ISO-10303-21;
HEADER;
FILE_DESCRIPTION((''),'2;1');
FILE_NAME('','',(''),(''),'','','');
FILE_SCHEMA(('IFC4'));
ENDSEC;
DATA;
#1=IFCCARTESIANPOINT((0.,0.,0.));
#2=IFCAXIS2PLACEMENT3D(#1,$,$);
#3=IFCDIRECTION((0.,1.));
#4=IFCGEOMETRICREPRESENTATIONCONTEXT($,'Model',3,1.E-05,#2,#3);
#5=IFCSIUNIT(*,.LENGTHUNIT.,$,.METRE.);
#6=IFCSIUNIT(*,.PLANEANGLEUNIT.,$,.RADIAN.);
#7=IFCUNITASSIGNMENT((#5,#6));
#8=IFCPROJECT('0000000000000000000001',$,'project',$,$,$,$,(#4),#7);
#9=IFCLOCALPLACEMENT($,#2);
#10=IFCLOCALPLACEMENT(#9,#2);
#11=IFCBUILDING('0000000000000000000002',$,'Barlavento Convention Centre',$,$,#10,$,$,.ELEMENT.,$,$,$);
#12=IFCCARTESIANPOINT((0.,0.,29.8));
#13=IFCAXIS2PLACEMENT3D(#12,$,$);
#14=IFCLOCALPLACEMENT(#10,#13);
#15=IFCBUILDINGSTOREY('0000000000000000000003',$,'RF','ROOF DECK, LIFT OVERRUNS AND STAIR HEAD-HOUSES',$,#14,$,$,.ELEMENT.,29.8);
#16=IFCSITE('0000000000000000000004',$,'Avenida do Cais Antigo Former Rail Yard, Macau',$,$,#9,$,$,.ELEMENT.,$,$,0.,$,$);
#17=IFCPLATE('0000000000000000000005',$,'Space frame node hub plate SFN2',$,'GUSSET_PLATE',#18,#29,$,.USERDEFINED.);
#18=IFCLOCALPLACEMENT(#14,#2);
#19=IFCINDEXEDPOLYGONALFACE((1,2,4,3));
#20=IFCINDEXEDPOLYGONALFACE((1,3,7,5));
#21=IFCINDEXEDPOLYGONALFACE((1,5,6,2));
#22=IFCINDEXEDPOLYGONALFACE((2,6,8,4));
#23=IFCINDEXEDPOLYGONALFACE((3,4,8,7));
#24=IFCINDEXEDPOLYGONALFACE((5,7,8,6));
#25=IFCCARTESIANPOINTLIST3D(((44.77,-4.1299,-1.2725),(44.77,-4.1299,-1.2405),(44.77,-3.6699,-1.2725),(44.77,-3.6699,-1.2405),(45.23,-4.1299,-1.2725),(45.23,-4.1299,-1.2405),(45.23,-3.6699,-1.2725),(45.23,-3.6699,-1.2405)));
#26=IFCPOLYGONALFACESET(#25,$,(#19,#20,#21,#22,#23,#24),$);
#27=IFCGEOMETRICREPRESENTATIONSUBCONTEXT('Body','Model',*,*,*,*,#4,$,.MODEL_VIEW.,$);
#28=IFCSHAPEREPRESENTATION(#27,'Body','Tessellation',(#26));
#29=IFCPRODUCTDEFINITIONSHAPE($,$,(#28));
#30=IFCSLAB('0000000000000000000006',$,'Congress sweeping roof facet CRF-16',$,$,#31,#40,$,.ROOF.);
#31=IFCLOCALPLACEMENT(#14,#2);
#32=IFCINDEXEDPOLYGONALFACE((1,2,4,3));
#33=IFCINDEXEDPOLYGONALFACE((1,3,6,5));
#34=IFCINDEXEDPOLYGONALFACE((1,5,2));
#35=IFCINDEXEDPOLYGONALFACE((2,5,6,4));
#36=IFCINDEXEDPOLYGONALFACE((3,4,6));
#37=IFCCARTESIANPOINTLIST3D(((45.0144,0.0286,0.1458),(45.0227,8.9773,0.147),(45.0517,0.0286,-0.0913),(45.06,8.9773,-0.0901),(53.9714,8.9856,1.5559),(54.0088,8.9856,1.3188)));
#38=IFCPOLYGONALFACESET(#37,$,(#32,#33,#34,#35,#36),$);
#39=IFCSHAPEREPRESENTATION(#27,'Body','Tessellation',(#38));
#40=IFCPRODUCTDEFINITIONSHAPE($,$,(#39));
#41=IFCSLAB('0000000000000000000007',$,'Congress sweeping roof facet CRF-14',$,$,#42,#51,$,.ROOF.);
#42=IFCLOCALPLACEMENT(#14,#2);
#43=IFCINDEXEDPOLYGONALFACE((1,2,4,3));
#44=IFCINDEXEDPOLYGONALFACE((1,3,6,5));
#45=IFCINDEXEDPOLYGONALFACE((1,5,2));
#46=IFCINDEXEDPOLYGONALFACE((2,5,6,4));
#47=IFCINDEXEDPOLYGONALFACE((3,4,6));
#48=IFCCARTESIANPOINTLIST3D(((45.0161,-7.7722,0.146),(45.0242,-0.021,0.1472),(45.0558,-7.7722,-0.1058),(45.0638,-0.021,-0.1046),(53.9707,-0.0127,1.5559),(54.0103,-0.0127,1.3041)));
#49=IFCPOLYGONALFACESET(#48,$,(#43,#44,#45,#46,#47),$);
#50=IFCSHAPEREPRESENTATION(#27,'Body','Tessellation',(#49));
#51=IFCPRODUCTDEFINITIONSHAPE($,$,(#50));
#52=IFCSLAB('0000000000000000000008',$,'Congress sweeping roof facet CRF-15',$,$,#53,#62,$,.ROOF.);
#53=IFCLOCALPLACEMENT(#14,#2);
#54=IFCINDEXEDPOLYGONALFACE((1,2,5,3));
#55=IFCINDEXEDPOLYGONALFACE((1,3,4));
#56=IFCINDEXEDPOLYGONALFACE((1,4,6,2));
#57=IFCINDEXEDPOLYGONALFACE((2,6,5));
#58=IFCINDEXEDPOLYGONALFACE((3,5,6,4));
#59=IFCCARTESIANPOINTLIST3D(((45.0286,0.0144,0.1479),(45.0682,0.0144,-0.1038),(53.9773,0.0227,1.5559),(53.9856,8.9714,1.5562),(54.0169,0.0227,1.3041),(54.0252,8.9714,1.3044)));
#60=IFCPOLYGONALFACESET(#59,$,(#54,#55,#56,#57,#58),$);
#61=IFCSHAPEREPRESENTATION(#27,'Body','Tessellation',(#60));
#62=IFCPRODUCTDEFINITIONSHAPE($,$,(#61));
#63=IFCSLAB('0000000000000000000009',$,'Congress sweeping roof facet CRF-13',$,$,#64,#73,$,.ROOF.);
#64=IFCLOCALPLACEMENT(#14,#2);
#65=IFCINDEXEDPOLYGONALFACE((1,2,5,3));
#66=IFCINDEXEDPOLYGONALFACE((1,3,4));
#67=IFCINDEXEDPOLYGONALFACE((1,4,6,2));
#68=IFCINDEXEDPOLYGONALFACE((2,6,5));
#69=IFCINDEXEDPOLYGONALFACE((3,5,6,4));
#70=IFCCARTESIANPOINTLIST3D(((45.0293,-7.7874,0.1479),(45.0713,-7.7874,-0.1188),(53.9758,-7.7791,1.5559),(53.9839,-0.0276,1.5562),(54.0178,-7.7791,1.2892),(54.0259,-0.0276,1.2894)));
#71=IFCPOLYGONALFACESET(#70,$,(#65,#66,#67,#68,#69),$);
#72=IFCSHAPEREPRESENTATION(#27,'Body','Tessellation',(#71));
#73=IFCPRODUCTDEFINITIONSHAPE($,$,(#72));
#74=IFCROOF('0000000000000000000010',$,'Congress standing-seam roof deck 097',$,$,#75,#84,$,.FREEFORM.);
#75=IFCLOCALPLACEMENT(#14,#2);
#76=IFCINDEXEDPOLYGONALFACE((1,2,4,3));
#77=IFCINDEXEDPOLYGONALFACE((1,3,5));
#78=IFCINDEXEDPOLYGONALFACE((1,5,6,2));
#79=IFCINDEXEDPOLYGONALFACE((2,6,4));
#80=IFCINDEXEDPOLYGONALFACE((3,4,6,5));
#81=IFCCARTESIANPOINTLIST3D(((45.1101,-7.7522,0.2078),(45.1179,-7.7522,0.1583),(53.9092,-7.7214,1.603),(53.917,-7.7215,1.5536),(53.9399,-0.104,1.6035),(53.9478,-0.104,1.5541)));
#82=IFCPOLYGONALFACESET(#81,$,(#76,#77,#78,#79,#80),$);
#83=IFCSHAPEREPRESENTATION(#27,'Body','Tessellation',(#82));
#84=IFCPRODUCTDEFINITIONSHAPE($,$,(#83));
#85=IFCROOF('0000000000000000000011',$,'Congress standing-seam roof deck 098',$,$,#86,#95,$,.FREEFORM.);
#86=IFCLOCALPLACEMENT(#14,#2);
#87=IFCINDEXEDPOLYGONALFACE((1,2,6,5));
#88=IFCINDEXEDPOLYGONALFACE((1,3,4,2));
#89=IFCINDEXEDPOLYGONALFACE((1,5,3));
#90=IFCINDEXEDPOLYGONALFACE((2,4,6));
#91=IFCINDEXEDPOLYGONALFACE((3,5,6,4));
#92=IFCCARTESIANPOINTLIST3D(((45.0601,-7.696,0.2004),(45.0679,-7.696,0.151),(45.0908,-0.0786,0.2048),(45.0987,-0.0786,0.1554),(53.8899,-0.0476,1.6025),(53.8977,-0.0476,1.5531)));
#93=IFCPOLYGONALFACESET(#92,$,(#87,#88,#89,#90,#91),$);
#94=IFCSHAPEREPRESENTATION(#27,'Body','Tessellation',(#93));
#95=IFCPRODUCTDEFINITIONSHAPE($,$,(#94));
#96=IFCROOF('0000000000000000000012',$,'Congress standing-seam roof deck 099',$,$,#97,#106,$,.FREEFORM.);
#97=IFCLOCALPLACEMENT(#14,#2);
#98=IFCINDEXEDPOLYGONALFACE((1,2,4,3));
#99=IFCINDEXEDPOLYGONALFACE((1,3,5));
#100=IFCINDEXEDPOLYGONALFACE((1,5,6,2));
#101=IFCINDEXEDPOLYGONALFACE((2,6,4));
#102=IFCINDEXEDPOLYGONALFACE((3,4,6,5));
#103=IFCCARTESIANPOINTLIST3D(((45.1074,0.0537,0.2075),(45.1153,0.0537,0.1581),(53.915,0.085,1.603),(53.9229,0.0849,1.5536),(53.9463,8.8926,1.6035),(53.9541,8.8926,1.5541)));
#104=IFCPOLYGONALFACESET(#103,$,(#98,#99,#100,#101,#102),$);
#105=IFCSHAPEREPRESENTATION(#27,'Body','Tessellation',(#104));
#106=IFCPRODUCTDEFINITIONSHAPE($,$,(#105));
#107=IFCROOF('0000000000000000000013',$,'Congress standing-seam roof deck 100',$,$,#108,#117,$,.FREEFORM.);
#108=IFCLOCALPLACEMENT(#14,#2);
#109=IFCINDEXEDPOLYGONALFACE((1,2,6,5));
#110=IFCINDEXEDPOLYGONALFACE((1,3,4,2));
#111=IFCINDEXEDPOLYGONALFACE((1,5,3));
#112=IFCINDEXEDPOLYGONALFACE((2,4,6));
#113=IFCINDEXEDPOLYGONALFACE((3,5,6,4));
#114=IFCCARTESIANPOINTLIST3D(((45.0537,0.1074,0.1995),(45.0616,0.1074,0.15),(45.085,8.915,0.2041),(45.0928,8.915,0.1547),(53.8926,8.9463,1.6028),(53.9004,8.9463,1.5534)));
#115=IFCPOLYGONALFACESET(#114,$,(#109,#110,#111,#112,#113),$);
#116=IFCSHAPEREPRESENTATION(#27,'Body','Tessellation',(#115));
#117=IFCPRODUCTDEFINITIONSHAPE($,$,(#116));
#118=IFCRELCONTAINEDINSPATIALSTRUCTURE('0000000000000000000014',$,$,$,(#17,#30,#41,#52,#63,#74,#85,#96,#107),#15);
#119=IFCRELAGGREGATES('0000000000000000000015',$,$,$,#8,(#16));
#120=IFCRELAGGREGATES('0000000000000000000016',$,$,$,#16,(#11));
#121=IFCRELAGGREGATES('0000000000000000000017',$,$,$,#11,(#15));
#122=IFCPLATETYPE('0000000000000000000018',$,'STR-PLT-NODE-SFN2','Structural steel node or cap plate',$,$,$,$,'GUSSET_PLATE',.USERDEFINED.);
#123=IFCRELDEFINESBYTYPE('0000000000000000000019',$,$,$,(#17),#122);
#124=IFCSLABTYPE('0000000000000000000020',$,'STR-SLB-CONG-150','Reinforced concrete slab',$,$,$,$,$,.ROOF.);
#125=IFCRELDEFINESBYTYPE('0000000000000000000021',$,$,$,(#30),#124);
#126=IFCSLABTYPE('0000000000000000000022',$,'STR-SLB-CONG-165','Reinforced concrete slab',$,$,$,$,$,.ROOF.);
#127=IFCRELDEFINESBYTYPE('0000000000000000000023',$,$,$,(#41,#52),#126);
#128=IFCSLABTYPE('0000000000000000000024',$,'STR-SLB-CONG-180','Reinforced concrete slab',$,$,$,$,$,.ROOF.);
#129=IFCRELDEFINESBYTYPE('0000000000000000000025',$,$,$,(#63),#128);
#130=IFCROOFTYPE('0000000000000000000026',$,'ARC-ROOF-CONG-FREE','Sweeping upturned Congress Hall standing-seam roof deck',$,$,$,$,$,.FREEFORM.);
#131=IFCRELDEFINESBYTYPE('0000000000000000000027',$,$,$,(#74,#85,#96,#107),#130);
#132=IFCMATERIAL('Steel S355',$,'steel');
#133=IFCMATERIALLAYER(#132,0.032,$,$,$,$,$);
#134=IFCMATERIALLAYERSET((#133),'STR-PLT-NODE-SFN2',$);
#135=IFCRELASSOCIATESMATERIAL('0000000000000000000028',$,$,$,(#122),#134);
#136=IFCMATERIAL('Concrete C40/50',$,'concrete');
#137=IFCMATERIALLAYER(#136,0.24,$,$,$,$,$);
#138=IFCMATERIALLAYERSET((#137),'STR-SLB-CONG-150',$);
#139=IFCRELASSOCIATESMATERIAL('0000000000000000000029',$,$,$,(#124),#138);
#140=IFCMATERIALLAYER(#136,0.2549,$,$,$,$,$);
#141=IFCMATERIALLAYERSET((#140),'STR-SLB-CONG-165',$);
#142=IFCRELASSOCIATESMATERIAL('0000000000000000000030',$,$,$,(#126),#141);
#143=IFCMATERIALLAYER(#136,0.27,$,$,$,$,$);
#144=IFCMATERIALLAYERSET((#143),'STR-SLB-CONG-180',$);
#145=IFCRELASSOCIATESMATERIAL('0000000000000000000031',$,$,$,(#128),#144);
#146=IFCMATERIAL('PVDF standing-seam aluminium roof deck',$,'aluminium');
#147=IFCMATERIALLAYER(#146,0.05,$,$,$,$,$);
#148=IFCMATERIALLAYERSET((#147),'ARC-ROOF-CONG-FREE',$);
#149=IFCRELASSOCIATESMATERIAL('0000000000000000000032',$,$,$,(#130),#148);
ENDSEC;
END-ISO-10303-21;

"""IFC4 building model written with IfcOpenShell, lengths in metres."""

from ifc_helpers import new_model, si_unit, direction, frame, origin, origin_2d, place, context, subcontext, project, spatial, polyline, rectangle, outline, extrude, material, layer, layer_set, type_object, element, save


model = new_model("IFC4")

# Units and contexts
model_context = context("Model", 3, precision=1e-05, world=origin(), true_north=direction((0.0, 1.0)))
body_context = subcontext(model_context, "Body", "Model", "MODEL_VIEW")
ifc_project = project(units=[si_unit("LENGTHUNIT", "METRE"), si_unit("PLANEANGLEUNIT", "RADIAN")], contexts=[model_context])

# Site, building, storey
site_placement = place(None, origin())
site = spatial("IfcSite", under=ifc_project, at=site_placement, Name="Avenida do Cais Antigo Former Rail Yard, Macau", CompositionType="ELEMENT", RefElevation=0.0)
building_placement = place(site_placement, origin())
building = spatial("IfcBuilding", under=site, at=building_placement, Name="Barlavento Convention Centre", CompositionType="ELEMENT")
storey_placement = place(building_placement, frame((0.0, 0.0, 29.8)))
storey = spatial("IfcBuildingStorey", under=building, at=storey_placement, Name="RF", Description="ROOF DECK, LIFT OVERRUNS AND STAIR HEAD-HOUSES", CompositionType="ELEMENT", Elevation=29.8)

# Shared definitions
ifc_material_1 = material(Name="Steel S355", Category="steel")

# Plate
ifc_layer_1 = layer(ifc_material_1, 0.032)
ifc_layer_set_1 = layer_set([ifc_layer_1], Name="STR-PLT-NODE-SFN2")
plate_type_1 = type_object("IfcPlateType", Name="STR-PLT-NODE-SFN2", Description="Structural steel node or cap plate", ElementType="GUSSET_PLATE", PredefinedType="USERDEFINED", material=ifc_layer_set_1)
plate_1_placement = place(storey_placement, frame((45.0, -3.8999, -1.2725), z_axis=(0.0, 0.0, 1.0), x_axis=(1.0, 0.0, 0.0)))
element("IfcPlate", 1, at=plate_1_placement, inside=storey, type_object=plate_type_1, Name="Space frame node hub plate SFN2", ObjectType="GUSSET_PLATE", PredefinedType="USERDEFINED", context=body_context, shape_type="SweptSolid", body=[
    extrude(rectangle(XDim=0.46, YDim=0.46, at=origin_2d()), origin(), (0.0, 0.0, 1.0), 0.032),
])

# Slabs
ifc_material_2 = material(Name="Concrete C40/50", Category="concrete")
ifc_layer_2 = layer(ifc_material_2, 0.24)
ifc_layer_set_2 = layer_set([ifc_layer_2], Name="STR-SLB-CONG-150")
slab_type_1 = type_object("IfcSlabType", Name="STR-SLB-CONG-150", Description="Reinforced concrete slab", PredefinedType="ROOF", material=ifc_layer_set_2)
slab_1_placement = place(storey_placement, frame((45.0144, 0.0286, 0.1458), z_axis=(-0.155529, 0.00001, 0.987831), x_axis=(0.702766, 0.702766, 0.11064)))
element("IfcSlab", 2, at=slab_1_placement, inside=storey, type_object=slab_type_1, Name="Congress sweeping roof facet CRF-16", PredefinedType="ROOF", context=body_context, shape_type="SweptSolid", body=[
    extrude(outline(polyline([(0.0, 0.0), (12.7454, 0.0), (6.2948, 6.3604), (0.0, 0.0)])), origin(), (0.0, 0.0, -1.0), 0.24),
])
ifc_layer_3 = layer(ifc_material_2, 0.2549)
ifc_layer_set_3 = layer_set([ifc_layer_3], Name="STR-SLB-CONG-165")
slab_type_2 = type_object("IfcSlabType", Name="STR-SLB-CONG-165", Description="Reinforced concrete slab", PredefinedType="ROOF", material=ifc_layer_set_3)
slab_2_placement = place(storey_placement, frame((45.0161, -7.7722, 0.146), z_axis=(-0.15554, 0.000006, 0.98783), x_axis=(0.750442, 0.650289, 0.118158)))
element("IfcSlab", 3, at=slab_2_placement, inside=storey, type_object=slab_type_2, Name="Congress sweeping roof facet CRF-14", PredefinedType="ROOF", context=body_context, shape_type="SweptSolid", body=[
    extrude(outline(polyline([(0.0, 0.0), (11.9324, 0.0), (5.0467, 5.8832), (0.0, 0.0)])), origin(), (0.0, 0.0, -1.0), 0.2549),
])
slab_3_placement = place(storey_placement, frame((45.0286, 0.0144, 0.1479), z_axis=(-0.155424, 0.000117, 0.987848), x_axis=(0.987847, 0.000916, 0.155424)))
element("IfcSlab", 4, at=slab_3_placement, inside=storey, type_object=slab_type_2, Name="Congress sweeping roof facet CRF-15", PredefinedType="ROOF", context=body_context, shape_type="SweptSolid", body=[
    extrude(outline(polyline([(0.0, 0.0), (9.0588, 0.0), (9.0753, 8.9487), (0.0, 0.0)])), origin(), (0.0, 0.0, -1.0), 0.2549),
])
ifc_layer_4 = layer(ifc_material_2, 0.27)
ifc_layer_set_4 = layer_set([ifc_layer_4], Name="STR-SLB-CONG-180")
slab_type_3 = type_object("IfcSlabType", Name="STR-SLB-CONG-180", Description="Reinforced concrete slab", PredefinedType="ROOF", material=ifc_layer_set_4)
slab_4_placement = place(storey_placement, frame((45.0293, -7.7874, 0.1479), z_axis=(-0.155462, 0.00013, 0.987842), x_axis=(0.987842, 0.000917, 0.155461)))
element("IfcSlab", 5, at=slab_4_placement, inside=storey, type_object=slab_type_3, Name="Congress sweeping roof facet CRF-13", PredefinedType="ROOF", context=body_context, shape_type="SweptSolid", body=[
    extrude(outline(polyline([(0.0, 0.0), (9.0566, 0.0), (9.0717, 7.7515), (0.0, 0.0)])), origin(), (0.0, 0.0, -1.0), 0.27),
])

# Roofs
ifc_material_3 = material(Name="PVDF standing-seam aluminium roof deck", Category="aluminium")
ifc_layer_5 = layer(ifc_material_3, 0.05)
ifc_layer_set_5 = layer_set([ifc_layer_5], Name="ARC-ROOF-CONG-FREE")
roof_type = type_object("IfcRoofType", Name="ARC-ROOF-CONG-FREE", Description="Sweeping upturned Congress Hall standing-seam roof deck", PredefinedType="FREEFORM", material=ifc_layer_set_5)
roof_1_placement = place(storey_placement, frame((45.1101, -7.7522, 0.2078), z_axis=(-0.156615, 0.000569, 0.98766), x_axis=(0.987654, 0.003453, 0.156612)))
element("IfcRoof", 6, at=roof_1_placement, inside=storey, type_object=roof_type, Name="Congress standing-seam roof deck 097", PredefinedType="FREEFORM", context=body_context, shape_type="SweptSolid", body=[
    extrude(outline(polyline([(0.0, 0.0), (8.9091, 0.0), (8.9658, 7.6173), (0.0, 0.0)])), origin(), (0.0, 0.0, -1.0), 0.05),
])
roof_2_placement = place(storey_placement, frame((45.0601, -7.696, 0.2004), z_axis=(-0.15688, 0.000064, 0.987618), x_axis=(0.750476, 0.650065, 0.119169)))
element("IfcRoof", 7, at=roof_2_placement, inside=storey, type_object=roof_type, Name="Congress standing-seam roof deck 098", PredefinedType="FREEFORM", context=body_context, shape_type="SweptSolid", body=[
    extrude(outline(polyline([(0.0, 0.0), (11.7656, 0.0), (4.9754, 5.7681), (0.0, 0.0)])), origin(), (0.0, 0.0, -1.0), 0.05),
])
roof_3_placement = place(storey_placement, frame((45.1074, 0.0537, 0.2075), z_axis=(-0.156493, 0.0005, 0.987679), x_axis=(0.987673, 0.003504, 0.15649)))
element("IfcRoof", 8, at=roof_3_placement, inside=storey, type_object=roof_type, Name="Congress standing-seam roof deck 099", PredefinedType="FREEFORM", context=body_context, shape_type="SweptSolid", body=[
    extrude(outline(polyline([(0.0, 0.0), (8.9175, 0.0), (8.9793, 8.8075), (0.0, 0.0)])), origin(), (0.0, 0.0, -1.0), 0.05),
])
roof_4_placement = place(storey_placement, frame((45.0537, 0.1074, 0.1995), z_axis=(-0.156838, 0.000036, 0.987624), x_axis=(0.702692, 0.702692, 0.111564)))
element("IfcRoof", 9, at=roof_4_placement, inside=storey, type_object=roof_type, Name="Congress standing-seam roof deck 100", PredefinedType="FREEFORM", context=body_context, shape_type="SweptSolid", body=[
    extrude(outline(polyline([(0.0, 0.0), (12.5786, 0.0), (6.2115, 6.2444), (0.0, 0.0)])), origin(), (0.0, 0.0, -1.0), 0.05),
])

save(model, "model.ifc")
